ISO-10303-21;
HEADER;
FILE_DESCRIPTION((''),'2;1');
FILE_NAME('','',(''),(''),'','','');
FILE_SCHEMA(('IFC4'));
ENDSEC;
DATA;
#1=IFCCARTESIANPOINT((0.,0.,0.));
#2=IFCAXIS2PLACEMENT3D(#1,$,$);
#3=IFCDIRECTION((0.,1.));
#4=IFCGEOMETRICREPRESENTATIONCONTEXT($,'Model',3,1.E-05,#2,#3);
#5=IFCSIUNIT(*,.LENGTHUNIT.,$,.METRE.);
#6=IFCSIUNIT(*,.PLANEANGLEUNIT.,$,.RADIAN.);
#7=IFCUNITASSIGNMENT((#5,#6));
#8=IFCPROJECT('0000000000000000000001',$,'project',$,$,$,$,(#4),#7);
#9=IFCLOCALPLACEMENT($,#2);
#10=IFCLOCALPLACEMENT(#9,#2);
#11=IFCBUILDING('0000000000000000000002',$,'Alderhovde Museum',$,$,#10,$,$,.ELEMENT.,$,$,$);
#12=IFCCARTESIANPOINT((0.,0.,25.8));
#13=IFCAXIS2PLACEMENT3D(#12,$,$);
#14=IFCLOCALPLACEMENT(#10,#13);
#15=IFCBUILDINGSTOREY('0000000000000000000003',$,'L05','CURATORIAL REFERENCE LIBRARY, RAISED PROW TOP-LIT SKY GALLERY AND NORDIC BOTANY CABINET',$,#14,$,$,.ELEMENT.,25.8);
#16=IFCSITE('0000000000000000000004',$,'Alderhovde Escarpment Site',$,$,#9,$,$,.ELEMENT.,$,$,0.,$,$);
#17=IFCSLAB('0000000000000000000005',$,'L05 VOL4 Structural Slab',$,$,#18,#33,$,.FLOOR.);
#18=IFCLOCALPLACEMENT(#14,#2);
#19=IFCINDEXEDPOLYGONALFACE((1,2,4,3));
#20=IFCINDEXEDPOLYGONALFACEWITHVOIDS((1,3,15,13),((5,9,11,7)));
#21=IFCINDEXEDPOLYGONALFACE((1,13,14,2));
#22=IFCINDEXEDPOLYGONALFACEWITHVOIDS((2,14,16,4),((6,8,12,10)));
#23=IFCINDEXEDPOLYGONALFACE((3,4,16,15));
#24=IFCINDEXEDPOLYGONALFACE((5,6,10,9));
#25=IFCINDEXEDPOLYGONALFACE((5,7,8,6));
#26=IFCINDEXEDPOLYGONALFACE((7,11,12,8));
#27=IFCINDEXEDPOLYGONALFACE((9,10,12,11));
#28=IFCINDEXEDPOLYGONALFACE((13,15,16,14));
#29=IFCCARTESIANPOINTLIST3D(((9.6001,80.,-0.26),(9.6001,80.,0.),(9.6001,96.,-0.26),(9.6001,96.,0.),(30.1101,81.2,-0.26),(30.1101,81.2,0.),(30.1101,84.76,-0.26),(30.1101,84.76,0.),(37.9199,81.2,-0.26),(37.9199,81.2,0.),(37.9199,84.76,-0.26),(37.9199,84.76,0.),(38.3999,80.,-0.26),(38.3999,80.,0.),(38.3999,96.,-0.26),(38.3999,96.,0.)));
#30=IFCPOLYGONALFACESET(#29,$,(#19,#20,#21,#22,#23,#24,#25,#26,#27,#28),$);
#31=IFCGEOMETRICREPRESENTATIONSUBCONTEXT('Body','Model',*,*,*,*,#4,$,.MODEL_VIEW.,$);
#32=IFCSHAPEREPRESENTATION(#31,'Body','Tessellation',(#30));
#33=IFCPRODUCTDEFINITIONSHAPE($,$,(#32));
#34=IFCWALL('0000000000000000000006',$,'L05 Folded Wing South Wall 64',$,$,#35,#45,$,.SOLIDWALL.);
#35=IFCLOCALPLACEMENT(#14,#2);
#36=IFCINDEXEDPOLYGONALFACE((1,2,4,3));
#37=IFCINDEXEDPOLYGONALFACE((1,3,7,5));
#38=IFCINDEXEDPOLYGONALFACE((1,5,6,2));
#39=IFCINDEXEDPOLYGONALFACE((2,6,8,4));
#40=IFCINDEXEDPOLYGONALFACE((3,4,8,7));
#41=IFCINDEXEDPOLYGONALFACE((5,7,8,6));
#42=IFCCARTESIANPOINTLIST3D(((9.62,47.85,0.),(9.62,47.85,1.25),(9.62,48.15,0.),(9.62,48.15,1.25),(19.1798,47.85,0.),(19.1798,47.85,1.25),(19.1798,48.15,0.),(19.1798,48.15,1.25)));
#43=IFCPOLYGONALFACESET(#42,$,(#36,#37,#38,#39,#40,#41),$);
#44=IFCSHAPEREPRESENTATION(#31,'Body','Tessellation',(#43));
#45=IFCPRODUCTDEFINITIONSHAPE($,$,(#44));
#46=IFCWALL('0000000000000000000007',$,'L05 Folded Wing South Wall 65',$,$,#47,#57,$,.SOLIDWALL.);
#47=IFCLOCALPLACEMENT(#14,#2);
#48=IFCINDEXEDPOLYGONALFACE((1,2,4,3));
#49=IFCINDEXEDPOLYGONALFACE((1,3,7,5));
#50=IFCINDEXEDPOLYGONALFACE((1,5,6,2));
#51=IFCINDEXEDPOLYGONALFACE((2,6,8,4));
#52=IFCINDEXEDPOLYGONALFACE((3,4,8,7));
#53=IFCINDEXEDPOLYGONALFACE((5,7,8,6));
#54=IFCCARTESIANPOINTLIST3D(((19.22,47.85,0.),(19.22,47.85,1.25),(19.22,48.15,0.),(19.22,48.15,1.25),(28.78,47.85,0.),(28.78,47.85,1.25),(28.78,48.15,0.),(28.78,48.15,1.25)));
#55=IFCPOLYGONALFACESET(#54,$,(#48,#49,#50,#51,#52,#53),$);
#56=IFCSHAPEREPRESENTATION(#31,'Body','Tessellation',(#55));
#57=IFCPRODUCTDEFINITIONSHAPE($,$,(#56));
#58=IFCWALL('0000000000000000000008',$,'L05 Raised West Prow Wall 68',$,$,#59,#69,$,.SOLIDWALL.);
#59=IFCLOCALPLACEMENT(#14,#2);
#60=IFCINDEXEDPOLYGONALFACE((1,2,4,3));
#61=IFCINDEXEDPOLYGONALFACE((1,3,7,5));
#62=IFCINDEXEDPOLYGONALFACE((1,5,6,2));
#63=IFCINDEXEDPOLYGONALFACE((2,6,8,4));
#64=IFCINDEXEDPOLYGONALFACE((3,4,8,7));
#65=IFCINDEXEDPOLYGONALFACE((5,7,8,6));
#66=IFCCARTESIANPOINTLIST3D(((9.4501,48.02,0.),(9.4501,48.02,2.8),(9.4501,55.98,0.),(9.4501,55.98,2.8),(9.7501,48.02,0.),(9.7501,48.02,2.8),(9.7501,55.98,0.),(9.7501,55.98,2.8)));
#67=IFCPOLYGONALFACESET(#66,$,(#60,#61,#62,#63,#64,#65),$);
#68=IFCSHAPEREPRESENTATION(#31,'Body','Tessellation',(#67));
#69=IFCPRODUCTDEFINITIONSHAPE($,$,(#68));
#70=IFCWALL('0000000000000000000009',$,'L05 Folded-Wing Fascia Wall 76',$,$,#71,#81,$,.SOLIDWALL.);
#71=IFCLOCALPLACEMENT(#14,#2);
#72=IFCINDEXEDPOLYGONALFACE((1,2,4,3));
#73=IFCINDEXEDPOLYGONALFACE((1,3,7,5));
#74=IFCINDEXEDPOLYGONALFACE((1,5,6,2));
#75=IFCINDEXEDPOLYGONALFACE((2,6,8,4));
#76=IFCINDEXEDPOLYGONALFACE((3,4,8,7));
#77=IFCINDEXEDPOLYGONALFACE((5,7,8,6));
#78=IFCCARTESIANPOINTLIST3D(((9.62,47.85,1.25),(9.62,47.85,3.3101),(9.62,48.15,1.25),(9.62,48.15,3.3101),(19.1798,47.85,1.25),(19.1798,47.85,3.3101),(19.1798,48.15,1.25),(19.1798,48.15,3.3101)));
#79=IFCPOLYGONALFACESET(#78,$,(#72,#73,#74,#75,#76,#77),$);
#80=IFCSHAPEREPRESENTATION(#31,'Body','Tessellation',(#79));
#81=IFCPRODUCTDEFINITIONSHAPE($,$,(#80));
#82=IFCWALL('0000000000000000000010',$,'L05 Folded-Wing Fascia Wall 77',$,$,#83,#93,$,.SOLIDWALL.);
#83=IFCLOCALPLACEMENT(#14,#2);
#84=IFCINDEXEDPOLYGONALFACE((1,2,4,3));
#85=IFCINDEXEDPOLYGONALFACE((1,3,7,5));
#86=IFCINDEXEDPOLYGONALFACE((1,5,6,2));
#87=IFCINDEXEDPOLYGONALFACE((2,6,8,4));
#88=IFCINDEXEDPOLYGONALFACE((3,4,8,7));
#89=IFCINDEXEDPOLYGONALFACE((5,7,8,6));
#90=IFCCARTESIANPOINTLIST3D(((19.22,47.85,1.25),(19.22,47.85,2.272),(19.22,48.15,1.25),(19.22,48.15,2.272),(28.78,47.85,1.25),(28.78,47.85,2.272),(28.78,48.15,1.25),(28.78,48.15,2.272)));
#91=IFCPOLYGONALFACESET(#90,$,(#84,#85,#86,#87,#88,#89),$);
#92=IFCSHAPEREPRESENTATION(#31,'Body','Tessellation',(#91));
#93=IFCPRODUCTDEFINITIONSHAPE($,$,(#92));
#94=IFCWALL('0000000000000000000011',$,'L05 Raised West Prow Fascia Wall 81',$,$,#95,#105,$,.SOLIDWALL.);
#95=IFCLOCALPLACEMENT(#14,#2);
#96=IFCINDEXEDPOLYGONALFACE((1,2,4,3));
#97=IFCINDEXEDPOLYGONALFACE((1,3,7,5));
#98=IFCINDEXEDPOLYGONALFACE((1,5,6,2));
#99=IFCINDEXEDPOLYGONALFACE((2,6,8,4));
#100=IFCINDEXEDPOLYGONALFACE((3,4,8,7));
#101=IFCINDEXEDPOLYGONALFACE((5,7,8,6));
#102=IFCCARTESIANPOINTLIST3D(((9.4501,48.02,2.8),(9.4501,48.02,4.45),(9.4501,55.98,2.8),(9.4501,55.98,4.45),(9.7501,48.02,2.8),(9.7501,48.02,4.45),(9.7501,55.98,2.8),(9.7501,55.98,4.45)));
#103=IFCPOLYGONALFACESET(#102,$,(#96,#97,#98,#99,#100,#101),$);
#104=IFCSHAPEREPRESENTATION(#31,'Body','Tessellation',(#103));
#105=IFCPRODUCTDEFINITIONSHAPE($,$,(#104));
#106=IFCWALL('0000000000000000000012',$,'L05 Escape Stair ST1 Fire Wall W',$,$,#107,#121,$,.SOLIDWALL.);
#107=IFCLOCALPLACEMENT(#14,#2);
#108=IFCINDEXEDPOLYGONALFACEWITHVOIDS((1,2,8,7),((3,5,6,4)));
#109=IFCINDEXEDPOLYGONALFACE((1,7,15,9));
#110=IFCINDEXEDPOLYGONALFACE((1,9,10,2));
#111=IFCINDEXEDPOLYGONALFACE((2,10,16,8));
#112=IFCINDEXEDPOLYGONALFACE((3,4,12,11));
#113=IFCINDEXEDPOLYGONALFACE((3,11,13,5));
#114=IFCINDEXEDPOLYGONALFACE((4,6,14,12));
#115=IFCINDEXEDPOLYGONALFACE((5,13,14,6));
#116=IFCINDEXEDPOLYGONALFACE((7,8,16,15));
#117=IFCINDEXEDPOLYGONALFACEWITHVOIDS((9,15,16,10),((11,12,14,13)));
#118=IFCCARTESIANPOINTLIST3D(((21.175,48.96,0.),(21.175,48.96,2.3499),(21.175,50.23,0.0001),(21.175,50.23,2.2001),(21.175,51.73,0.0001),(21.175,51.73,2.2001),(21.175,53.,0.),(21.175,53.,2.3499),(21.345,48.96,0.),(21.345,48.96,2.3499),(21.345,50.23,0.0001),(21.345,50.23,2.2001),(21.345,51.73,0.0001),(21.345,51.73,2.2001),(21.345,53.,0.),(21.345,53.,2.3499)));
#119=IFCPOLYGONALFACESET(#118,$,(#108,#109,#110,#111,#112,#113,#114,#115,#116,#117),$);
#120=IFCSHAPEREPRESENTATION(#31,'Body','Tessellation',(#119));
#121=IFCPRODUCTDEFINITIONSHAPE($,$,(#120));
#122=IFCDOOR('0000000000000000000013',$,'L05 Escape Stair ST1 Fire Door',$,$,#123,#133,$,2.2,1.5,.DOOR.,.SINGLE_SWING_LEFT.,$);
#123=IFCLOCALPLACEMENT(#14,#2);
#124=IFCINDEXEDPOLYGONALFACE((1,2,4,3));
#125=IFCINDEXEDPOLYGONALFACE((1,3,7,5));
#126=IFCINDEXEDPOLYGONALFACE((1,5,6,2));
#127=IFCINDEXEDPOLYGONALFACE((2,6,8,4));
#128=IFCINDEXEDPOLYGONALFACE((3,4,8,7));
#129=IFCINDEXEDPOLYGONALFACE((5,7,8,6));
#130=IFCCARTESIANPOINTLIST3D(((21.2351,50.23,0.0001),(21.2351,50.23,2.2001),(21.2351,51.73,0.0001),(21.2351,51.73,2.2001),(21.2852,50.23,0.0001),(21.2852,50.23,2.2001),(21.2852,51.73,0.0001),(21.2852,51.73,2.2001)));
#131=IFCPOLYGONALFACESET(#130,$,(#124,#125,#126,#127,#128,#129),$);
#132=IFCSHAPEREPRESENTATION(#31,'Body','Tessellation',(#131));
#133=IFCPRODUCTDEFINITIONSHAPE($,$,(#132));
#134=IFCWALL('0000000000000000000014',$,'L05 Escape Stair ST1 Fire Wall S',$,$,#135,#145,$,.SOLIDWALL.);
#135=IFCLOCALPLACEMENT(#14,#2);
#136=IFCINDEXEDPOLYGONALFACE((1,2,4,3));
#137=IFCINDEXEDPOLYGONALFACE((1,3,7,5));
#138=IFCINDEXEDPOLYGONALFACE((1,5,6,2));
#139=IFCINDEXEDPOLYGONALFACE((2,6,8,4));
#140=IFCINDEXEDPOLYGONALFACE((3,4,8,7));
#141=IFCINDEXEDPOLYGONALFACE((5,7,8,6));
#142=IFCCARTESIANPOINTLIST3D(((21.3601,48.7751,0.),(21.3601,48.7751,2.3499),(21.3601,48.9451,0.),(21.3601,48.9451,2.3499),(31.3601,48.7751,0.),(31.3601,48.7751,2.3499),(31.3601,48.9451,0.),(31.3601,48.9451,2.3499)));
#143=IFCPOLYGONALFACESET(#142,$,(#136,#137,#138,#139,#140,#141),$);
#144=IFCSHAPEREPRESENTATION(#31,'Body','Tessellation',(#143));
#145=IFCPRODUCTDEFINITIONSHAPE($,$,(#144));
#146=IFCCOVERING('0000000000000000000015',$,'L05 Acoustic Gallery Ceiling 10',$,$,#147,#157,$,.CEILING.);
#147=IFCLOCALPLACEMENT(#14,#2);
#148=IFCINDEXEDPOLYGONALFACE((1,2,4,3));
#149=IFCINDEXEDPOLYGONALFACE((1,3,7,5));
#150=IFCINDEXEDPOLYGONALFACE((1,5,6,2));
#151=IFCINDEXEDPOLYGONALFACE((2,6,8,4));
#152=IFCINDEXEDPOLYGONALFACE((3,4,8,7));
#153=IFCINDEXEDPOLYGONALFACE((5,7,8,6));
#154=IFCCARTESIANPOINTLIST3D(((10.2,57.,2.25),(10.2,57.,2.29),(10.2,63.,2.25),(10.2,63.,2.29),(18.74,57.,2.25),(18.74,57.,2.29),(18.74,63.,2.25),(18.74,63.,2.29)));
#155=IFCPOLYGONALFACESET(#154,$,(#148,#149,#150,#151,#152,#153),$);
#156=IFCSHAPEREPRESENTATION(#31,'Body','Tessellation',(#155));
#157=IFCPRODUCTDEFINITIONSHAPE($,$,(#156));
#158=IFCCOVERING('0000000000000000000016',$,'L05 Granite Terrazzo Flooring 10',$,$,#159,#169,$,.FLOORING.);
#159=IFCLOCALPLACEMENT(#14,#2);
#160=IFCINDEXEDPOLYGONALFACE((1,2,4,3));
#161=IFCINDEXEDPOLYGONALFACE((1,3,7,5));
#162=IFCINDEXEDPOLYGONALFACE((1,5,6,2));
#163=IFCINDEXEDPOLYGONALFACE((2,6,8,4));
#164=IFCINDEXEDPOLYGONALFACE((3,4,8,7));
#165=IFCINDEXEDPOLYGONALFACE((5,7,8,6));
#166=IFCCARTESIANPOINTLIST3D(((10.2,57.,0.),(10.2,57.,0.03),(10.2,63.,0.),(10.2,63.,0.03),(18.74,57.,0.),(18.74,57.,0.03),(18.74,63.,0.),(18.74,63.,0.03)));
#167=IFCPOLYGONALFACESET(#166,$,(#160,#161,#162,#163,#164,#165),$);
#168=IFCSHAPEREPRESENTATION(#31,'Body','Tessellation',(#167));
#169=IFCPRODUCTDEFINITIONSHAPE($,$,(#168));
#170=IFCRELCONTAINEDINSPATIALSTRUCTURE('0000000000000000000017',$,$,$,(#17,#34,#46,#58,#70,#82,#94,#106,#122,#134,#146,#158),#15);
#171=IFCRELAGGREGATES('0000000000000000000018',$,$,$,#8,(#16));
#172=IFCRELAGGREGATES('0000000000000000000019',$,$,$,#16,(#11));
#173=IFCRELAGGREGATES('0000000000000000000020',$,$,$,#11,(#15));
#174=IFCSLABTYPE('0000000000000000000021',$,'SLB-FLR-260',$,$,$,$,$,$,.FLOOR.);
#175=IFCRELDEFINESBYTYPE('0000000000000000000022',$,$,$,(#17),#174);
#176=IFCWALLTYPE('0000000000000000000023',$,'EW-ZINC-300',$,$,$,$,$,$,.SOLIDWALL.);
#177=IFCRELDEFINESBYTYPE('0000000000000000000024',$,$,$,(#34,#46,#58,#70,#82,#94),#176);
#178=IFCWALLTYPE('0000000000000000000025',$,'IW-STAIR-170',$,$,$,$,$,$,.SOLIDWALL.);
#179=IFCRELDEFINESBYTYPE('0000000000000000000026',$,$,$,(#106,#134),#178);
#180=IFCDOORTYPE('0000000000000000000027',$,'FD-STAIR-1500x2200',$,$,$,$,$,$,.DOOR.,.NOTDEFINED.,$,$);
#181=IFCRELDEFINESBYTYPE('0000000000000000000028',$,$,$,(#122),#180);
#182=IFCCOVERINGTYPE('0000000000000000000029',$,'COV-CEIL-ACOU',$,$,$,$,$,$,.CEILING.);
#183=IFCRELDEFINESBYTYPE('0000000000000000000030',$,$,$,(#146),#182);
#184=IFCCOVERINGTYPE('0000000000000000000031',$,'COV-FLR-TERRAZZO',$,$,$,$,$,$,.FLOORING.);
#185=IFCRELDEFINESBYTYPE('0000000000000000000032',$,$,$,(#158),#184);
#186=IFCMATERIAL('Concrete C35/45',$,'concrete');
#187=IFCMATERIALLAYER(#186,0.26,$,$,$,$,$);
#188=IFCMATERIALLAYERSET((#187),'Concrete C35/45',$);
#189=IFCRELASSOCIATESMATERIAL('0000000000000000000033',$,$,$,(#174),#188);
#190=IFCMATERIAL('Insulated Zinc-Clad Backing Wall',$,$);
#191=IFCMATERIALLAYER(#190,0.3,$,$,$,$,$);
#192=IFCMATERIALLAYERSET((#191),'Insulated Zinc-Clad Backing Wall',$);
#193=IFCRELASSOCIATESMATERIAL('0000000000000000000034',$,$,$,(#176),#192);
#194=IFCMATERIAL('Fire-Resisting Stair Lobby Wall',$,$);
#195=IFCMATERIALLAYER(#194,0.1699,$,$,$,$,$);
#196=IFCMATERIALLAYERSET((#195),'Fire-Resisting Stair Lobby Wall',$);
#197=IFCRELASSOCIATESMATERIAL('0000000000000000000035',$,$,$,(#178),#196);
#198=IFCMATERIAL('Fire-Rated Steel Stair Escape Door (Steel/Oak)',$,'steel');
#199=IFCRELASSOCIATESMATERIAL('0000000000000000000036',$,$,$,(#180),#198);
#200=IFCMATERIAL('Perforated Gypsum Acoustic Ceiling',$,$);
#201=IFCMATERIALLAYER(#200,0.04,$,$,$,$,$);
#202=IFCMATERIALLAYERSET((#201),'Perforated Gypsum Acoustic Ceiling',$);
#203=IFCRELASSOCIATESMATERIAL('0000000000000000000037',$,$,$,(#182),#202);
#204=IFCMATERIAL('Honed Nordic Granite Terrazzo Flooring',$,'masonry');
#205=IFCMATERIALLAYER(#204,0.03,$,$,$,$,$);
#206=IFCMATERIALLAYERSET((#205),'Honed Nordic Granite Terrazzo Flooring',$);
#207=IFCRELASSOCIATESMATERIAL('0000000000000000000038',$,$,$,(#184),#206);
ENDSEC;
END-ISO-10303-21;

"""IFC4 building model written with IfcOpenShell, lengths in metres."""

from ifc_helpers import new_model, si_unit, direction, frame, frame_2d, origin, place, context, subcontext, project, spatial, polyline, rectangle, outline, extrude, material, layer, layer_set, type_object, element, fill, save


model = new_model("IFC4")

# Units and contexts
model_context = context("Model", 3, precision=1e-05, world=origin(), true_north=direction((0.0, 1.0)))
body_context = subcontext(model_context, "Body", "Model", "MODEL_VIEW")
ifc_project = project(units=[si_unit("LENGTHUNIT", "METRE"), si_unit("PLANEANGLEUNIT", "RADIAN")], contexts=[model_context])

# Site, building, storey
site_placement = place(None, origin())
site = spatial("IfcSite", under=ifc_project, at=site_placement, Name="Alderhovde Escarpment Site", CompositionType="ELEMENT", RefElevation=0.0)
building_placement = place(site_placement, origin())
building = spatial("IfcBuilding", under=site, at=building_placement, Name="Alderhovde Museum", CompositionType="ELEMENT")
storey_placement = place(building_placement, frame((0.0, 0.0, 25.8)))
storey = spatial("IfcBuildingStorey", under=building, at=storey_placement, Name="L05", Description="CURATORIAL REFERENCE LIBRARY, RAISED PROW TOP-LIT SKY GALLERY AND NORDIC BOTANY CABINET", CompositionType="ELEMENT", Elevation=25.8)

# Slab
ifc_material_1 = material(Name="Concrete C35/45", Category="concrete")
ifc_layer_1 = layer(ifc_material_1, 0.26)
ifc_layer_set_1 = layer_set([ifc_layer_1], Name="Concrete C35/45")
slab_type_1 = type_object("IfcSlabType", Name="SLB-FLR-260", PredefinedType="FLOOR", material=ifc_layer_set_1)
slab_1_placement = place(storey_placement, frame((0.0, 0.0, -0.26)))
element("IfcSlab", 1, at=slab_1_placement, inside=storey, type_object=slab_type_1, Name="L05 VOL4 Structural Slab", PredefinedType="FLOOR", context=body_context, shape_type="SweptSolid", body=[
    extrude(outline(polyline([(9.6001, 80.0), (38.3999, 80.0), (38.3999, 96.0), (9.6001, 96.0), (9.6001, 80.0)]), holes=[polyline([(30.1101, 81.2), (37.9199, 81.2), (37.9199, 84.76), (30.1101, 84.76), (30.1101, 81.2)])]), origin(), (0.0, 0.0, 1.0), 0.26),
])

# Walls
ifc_material_2 = material(Name="Insulated Zinc-Clad Backing Wall")
ifc_layer_2 = layer(ifc_material_2, 0.3)
ifc_layer_set_2 = layer_set([ifc_layer_2], Name="Insulated Zinc-Clad Backing Wall")
wall_type_1 = type_object("IfcWallType", Name="EW-ZINC-300", PredefinedType="SOLIDWALL", material=ifc_layer_set_2)
wall_1_placement = place(storey_placement, frame((9.6201, 48.0, 0.0), z_axis=(0.0, 0.0, 1.0), x_axis=(1.0, 0.0, 0.0)))
element("IfcWall", 2, at=wall_1_placement, inside=storey, type_object=wall_type_1, Name="L05 Folded Wing South Wall 64", PredefinedType="SOLIDWALL", context=body_context, shape_type="SweptSolid", body=[
    extrude(rectangle(XDim=9.5598, YDim=0.3, at=frame_2d((4.7798, 0.0))), origin(), (0.0, 0.0, 1.0), 1.25),
])
wall_2_placement = place(storey_placement, frame((19.22, 48.0, 0.0), z_axis=(0.0, 0.0, 1.0), x_axis=(1.0, 0.0, 0.0)))
element("IfcWall", 3, at=wall_2_placement, inside=storey, type_object=wall_type_1, Name="L05 Folded Wing South Wall 65", PredefinedType="SOLIDWALL", context=body_context, shape_type="SweptSolid", body=[
    extrude(rectangle(XDim=9.5601, YDim=0.3, at=frame_2d((4.78, 0.0))), origin(), (0.0, 0.0, 1.0), 1.25),
])
wall_3_placement = place(storey_placement, frame((9.6001, 48.02, 0.0), z_axis=(0.0, 0.0, 1.0), x_axis=(0.0, 1.0, 0.0)))
element("IfcWall", 4, at=wall_3_placement, inside=storey, type_object=wall_type_1, Name="L05 Raised West Prow Wall 68", PredefinedType="SOLIDWALL", context=body_context, shape_type="SweptSolid", body=[
    extrude(rectangle(XDim=7.96, YDim=0.3, at=frame_2d((3.98, 0.0))), origin(), (0.0, 0.0, 1.0), 2.8),
])
wall_4_placement = place(storey_placement, frame((9.6201, 48.0, 1.25), z_axis=(0.0, 0.0, 1.0), x_axis=(1.0, 0.0, 0.0)))
element("IfcWall", 5, at=wall_4_placement, inside=storey, type_object=wall_type_1, Name="L05 Folded-Wing Fascia Wall 76", PredefinedType="SOLIDWALL", context=body_context, shape_type="SweptSolid", body=[
    extrude(rectangle(XDim=9.5598, YDim=0.3, at=frame_2d((4.7798, 0.0))), origin(), (0.0, 0.0, 1.0), 2.0601),
])
wall_5_placement = place(storey_placement, frame((19.22, 48.0, 1.25), z_axis=(0.0, 0.0, 1.0), x_axis=(1.0, 0.0, 0.0)))
element("IfcWall", 6, at=wall_5_placement, inside=storey, type_object=wall_type_1, Name="L05 Folded-Wing Fascia Wall 77", PredefinedType="SOLIDWALL", context=body_context, shape_type="SweptSolid", body=[
    extrude(rectangle(XDim=9.5601, YDim=0.3, at=frame_2d((4.78, 0.0))), origin(), (0.0, 0.0, 1.0), 1.022),
])
wall_6_placement = place(storey_placement, frame((9.6001, 48.02, 2.8), z_axis=(0.0, 0.0, 1.0), x_axis=(0.0, 1.0, 0.0)))
element("IfcWall", 7, at=wall_6_placement, inside=storey, type_object=wall_type_1, Name="L05 Raised West Prow Fascia Wall 81", PredefinedType="SOLIDWALL", context=body_context, shape_type="SweptSolid", body=[
    extrude(rectangle(XDim=7.96, YDim=0.3, at=frame_2d((3.98, 0.0))), origin(), (0.0, 0.0, 1.0), 1.6499),
])

# Wall, opening, door
ifc_material_3 = material(Name="Fire-Resisting Stair Lobby Wall")
ifc_layer_3 = layer(ifc_material_3, 0.1699)
ifc_layer_set_3 = layer_set([ifc_layer_3], Name="Fire-Resisting Stair Lobby Wall")
wall_type_2 = type_object("IfcWallType", Name="IW-STAIR-170", PredefinedType="SOLIDWALL", material=ifc_layer_set_3)
wall_7_placement = place(storey_placement, frame((21.26, 48.96, 0.0), z_axis=(0.0, 0.0, 1.0), x_axis=(0.0, 1.0, 0.0)))
wall_7 = element("IfcWall", 8, at=wall_7_placement, inside=storey, type_object=wall_type_2, Name="L05 Escape Stair ST1 Fire Wall W", PredefinedType="SOLIDWALL", context=body_context, shape_type="SweptSolid", body=[
    extrude(rectangle(XDim=4.04, YDim=0.1699, at=frame_2d((2.02, 0.0))), origin(), (0.0, 0.0, 1.0), 2.3499),
])
opening_placement = place(wall_7_placement, frame((1.27, 0.0, 0.0)))
opening = element("IfcOpeningElement", 9, at=opening_placement, cuts=wall_7, PredefinedType="OPENING", context=body_context, shape_type="SweptSolid", body=[
    extrude(rectangle(XDim=1.5, YDim=2.2, at=frame_2d((0.75, 1.1001))), frame((0.0, 0.095, 0.0), z_axis=(0.0, -1.0, 0.0), x_axis=(1.0, 0.0, 0.0)), (0.0, 0.0, 1.0), 0.1899),
])
ifc_material_4 = material(Name="Fire-Rated Steel Stair Escape Door (Steel/Oak)", Category="steel")
door_type = type_object("IfcDoorType", Name="FD-STAIR-1500x2200", OperationType="NOTDEFINED", PredefinedType="DOOR", material=ifc_material_4)
door_placement = place(opening_placement, origin())
door = element("IfcDoor", 10, at=door_placement, inside=storey, type_object=door_type, Name="L05 Escape Stair ST1 Fire Door", OperationType="SINGLE_SWING_LEFT", OverallHeight=2.2, OverallWidth=1.5, PredefinedType="DOOR", context=body_context, shape_type="SweptSolid", body=[
    extrude(rectangle(XDim=1.5, YDim=2.2, at=frame_2d((0.75, 1.1001))), frame((0.0, 0.0249, 0.0), z_axis=(0.0, -1.0, 0.0), x_axis=(1.0, 0.0, 0.0)), (0.0, 0.0, 1.0), 0.05),
])
fill(opening, door)

# Wall
wall_8_placement = place(storey_placement, frame((21.3601, 48.8601, 0.0), z_axis=(0.0, 0.0, 1.0), x_axis=(1.0, 0.0, 0.0)))
element("IfcWall", 11, at=wall_8_placement, inside=storey, type_object=wall_type_2, Name="L05 Escape Stair ST1 Fire Wall S", PredefinedType="SOLIDWALL", context=body_context, shape_type="SweptSolid", body=[
    extrude(rectangle(XDim=10.0, YDim=0.1699, at=frame_2d((5.0, 0.0))), origin(), (0.0, 0.0, 1.0), 2.3499),
])

# Coverings
ifc_material_5 = material(Name="Perforated Gypsum Acoustic Ceiling")
ifc_layer_4 = layer(ifc_material_5, 0.04)
ifc_layer_set_4 = layer_set([ifc_layer_4], Name="Perforated Gypsum Acoustic Ceiling")
covering_type_1 = type_object("IfcCoveringType", Name="COV-CEIL-ACOU", PredefinedType="CEILING", material=ifc_layer_set_4)
covering_1_placement = place(storey_placement, frame((0.0, 0.0, 2.25)))
element("IfcCovering", 12, at=covering_1_placement, inside=storey, type_object=covering_type_1, Name="L05 Acoustic Gallery Ceiling 10", PredefinedType="CEILING", context=body_context, shape_type="SweptSolid", body=[
    extrude(outline(polyline([(10.2, 57.0), (18.74, 57.0), (18.74, 63.0), (10.2, 63.0), (10.2, 57.0)])), origin(), (0.0, 0.0, 1.0), 0.04),
])
ifc_material_6 = material(Name="Honed Nordic Granite Terrazzo Flooring", Category="masonry")
ifc_layer_5 = layer(ifc_material_6, 0.03)
ifc_layer_set_5 = layer_set([ifc_layer_5], Name="Honed Nordic Granite Terrazzo Flooring")
covering_type_2 = type_object("IfcCoveringType", Name="COV-FLR-TERRAZZO", PredefinedType="FLOORING", material=ifc_layer_set_5)
covering_2_placement = place(storey_placement, origin())
element("IfcCovering", 13, at=covering_2_placement, inside=storey, type_object=covering_type_2, Name="L05 Granite Terrazzo Flooring 10", PredefinedType="FLOORING", context=body_context, shape_type="SweptSolid", body=[
    extrude(outline(polyline([(10.2, 57.0), (18.74, 57.0), (18.74, 63.0), (10.2, 63.0), (10.2, 57.0)])), origin(), (0.0, 0.0, 1.0), 0.03),
])

save(model, "model.ifc")
